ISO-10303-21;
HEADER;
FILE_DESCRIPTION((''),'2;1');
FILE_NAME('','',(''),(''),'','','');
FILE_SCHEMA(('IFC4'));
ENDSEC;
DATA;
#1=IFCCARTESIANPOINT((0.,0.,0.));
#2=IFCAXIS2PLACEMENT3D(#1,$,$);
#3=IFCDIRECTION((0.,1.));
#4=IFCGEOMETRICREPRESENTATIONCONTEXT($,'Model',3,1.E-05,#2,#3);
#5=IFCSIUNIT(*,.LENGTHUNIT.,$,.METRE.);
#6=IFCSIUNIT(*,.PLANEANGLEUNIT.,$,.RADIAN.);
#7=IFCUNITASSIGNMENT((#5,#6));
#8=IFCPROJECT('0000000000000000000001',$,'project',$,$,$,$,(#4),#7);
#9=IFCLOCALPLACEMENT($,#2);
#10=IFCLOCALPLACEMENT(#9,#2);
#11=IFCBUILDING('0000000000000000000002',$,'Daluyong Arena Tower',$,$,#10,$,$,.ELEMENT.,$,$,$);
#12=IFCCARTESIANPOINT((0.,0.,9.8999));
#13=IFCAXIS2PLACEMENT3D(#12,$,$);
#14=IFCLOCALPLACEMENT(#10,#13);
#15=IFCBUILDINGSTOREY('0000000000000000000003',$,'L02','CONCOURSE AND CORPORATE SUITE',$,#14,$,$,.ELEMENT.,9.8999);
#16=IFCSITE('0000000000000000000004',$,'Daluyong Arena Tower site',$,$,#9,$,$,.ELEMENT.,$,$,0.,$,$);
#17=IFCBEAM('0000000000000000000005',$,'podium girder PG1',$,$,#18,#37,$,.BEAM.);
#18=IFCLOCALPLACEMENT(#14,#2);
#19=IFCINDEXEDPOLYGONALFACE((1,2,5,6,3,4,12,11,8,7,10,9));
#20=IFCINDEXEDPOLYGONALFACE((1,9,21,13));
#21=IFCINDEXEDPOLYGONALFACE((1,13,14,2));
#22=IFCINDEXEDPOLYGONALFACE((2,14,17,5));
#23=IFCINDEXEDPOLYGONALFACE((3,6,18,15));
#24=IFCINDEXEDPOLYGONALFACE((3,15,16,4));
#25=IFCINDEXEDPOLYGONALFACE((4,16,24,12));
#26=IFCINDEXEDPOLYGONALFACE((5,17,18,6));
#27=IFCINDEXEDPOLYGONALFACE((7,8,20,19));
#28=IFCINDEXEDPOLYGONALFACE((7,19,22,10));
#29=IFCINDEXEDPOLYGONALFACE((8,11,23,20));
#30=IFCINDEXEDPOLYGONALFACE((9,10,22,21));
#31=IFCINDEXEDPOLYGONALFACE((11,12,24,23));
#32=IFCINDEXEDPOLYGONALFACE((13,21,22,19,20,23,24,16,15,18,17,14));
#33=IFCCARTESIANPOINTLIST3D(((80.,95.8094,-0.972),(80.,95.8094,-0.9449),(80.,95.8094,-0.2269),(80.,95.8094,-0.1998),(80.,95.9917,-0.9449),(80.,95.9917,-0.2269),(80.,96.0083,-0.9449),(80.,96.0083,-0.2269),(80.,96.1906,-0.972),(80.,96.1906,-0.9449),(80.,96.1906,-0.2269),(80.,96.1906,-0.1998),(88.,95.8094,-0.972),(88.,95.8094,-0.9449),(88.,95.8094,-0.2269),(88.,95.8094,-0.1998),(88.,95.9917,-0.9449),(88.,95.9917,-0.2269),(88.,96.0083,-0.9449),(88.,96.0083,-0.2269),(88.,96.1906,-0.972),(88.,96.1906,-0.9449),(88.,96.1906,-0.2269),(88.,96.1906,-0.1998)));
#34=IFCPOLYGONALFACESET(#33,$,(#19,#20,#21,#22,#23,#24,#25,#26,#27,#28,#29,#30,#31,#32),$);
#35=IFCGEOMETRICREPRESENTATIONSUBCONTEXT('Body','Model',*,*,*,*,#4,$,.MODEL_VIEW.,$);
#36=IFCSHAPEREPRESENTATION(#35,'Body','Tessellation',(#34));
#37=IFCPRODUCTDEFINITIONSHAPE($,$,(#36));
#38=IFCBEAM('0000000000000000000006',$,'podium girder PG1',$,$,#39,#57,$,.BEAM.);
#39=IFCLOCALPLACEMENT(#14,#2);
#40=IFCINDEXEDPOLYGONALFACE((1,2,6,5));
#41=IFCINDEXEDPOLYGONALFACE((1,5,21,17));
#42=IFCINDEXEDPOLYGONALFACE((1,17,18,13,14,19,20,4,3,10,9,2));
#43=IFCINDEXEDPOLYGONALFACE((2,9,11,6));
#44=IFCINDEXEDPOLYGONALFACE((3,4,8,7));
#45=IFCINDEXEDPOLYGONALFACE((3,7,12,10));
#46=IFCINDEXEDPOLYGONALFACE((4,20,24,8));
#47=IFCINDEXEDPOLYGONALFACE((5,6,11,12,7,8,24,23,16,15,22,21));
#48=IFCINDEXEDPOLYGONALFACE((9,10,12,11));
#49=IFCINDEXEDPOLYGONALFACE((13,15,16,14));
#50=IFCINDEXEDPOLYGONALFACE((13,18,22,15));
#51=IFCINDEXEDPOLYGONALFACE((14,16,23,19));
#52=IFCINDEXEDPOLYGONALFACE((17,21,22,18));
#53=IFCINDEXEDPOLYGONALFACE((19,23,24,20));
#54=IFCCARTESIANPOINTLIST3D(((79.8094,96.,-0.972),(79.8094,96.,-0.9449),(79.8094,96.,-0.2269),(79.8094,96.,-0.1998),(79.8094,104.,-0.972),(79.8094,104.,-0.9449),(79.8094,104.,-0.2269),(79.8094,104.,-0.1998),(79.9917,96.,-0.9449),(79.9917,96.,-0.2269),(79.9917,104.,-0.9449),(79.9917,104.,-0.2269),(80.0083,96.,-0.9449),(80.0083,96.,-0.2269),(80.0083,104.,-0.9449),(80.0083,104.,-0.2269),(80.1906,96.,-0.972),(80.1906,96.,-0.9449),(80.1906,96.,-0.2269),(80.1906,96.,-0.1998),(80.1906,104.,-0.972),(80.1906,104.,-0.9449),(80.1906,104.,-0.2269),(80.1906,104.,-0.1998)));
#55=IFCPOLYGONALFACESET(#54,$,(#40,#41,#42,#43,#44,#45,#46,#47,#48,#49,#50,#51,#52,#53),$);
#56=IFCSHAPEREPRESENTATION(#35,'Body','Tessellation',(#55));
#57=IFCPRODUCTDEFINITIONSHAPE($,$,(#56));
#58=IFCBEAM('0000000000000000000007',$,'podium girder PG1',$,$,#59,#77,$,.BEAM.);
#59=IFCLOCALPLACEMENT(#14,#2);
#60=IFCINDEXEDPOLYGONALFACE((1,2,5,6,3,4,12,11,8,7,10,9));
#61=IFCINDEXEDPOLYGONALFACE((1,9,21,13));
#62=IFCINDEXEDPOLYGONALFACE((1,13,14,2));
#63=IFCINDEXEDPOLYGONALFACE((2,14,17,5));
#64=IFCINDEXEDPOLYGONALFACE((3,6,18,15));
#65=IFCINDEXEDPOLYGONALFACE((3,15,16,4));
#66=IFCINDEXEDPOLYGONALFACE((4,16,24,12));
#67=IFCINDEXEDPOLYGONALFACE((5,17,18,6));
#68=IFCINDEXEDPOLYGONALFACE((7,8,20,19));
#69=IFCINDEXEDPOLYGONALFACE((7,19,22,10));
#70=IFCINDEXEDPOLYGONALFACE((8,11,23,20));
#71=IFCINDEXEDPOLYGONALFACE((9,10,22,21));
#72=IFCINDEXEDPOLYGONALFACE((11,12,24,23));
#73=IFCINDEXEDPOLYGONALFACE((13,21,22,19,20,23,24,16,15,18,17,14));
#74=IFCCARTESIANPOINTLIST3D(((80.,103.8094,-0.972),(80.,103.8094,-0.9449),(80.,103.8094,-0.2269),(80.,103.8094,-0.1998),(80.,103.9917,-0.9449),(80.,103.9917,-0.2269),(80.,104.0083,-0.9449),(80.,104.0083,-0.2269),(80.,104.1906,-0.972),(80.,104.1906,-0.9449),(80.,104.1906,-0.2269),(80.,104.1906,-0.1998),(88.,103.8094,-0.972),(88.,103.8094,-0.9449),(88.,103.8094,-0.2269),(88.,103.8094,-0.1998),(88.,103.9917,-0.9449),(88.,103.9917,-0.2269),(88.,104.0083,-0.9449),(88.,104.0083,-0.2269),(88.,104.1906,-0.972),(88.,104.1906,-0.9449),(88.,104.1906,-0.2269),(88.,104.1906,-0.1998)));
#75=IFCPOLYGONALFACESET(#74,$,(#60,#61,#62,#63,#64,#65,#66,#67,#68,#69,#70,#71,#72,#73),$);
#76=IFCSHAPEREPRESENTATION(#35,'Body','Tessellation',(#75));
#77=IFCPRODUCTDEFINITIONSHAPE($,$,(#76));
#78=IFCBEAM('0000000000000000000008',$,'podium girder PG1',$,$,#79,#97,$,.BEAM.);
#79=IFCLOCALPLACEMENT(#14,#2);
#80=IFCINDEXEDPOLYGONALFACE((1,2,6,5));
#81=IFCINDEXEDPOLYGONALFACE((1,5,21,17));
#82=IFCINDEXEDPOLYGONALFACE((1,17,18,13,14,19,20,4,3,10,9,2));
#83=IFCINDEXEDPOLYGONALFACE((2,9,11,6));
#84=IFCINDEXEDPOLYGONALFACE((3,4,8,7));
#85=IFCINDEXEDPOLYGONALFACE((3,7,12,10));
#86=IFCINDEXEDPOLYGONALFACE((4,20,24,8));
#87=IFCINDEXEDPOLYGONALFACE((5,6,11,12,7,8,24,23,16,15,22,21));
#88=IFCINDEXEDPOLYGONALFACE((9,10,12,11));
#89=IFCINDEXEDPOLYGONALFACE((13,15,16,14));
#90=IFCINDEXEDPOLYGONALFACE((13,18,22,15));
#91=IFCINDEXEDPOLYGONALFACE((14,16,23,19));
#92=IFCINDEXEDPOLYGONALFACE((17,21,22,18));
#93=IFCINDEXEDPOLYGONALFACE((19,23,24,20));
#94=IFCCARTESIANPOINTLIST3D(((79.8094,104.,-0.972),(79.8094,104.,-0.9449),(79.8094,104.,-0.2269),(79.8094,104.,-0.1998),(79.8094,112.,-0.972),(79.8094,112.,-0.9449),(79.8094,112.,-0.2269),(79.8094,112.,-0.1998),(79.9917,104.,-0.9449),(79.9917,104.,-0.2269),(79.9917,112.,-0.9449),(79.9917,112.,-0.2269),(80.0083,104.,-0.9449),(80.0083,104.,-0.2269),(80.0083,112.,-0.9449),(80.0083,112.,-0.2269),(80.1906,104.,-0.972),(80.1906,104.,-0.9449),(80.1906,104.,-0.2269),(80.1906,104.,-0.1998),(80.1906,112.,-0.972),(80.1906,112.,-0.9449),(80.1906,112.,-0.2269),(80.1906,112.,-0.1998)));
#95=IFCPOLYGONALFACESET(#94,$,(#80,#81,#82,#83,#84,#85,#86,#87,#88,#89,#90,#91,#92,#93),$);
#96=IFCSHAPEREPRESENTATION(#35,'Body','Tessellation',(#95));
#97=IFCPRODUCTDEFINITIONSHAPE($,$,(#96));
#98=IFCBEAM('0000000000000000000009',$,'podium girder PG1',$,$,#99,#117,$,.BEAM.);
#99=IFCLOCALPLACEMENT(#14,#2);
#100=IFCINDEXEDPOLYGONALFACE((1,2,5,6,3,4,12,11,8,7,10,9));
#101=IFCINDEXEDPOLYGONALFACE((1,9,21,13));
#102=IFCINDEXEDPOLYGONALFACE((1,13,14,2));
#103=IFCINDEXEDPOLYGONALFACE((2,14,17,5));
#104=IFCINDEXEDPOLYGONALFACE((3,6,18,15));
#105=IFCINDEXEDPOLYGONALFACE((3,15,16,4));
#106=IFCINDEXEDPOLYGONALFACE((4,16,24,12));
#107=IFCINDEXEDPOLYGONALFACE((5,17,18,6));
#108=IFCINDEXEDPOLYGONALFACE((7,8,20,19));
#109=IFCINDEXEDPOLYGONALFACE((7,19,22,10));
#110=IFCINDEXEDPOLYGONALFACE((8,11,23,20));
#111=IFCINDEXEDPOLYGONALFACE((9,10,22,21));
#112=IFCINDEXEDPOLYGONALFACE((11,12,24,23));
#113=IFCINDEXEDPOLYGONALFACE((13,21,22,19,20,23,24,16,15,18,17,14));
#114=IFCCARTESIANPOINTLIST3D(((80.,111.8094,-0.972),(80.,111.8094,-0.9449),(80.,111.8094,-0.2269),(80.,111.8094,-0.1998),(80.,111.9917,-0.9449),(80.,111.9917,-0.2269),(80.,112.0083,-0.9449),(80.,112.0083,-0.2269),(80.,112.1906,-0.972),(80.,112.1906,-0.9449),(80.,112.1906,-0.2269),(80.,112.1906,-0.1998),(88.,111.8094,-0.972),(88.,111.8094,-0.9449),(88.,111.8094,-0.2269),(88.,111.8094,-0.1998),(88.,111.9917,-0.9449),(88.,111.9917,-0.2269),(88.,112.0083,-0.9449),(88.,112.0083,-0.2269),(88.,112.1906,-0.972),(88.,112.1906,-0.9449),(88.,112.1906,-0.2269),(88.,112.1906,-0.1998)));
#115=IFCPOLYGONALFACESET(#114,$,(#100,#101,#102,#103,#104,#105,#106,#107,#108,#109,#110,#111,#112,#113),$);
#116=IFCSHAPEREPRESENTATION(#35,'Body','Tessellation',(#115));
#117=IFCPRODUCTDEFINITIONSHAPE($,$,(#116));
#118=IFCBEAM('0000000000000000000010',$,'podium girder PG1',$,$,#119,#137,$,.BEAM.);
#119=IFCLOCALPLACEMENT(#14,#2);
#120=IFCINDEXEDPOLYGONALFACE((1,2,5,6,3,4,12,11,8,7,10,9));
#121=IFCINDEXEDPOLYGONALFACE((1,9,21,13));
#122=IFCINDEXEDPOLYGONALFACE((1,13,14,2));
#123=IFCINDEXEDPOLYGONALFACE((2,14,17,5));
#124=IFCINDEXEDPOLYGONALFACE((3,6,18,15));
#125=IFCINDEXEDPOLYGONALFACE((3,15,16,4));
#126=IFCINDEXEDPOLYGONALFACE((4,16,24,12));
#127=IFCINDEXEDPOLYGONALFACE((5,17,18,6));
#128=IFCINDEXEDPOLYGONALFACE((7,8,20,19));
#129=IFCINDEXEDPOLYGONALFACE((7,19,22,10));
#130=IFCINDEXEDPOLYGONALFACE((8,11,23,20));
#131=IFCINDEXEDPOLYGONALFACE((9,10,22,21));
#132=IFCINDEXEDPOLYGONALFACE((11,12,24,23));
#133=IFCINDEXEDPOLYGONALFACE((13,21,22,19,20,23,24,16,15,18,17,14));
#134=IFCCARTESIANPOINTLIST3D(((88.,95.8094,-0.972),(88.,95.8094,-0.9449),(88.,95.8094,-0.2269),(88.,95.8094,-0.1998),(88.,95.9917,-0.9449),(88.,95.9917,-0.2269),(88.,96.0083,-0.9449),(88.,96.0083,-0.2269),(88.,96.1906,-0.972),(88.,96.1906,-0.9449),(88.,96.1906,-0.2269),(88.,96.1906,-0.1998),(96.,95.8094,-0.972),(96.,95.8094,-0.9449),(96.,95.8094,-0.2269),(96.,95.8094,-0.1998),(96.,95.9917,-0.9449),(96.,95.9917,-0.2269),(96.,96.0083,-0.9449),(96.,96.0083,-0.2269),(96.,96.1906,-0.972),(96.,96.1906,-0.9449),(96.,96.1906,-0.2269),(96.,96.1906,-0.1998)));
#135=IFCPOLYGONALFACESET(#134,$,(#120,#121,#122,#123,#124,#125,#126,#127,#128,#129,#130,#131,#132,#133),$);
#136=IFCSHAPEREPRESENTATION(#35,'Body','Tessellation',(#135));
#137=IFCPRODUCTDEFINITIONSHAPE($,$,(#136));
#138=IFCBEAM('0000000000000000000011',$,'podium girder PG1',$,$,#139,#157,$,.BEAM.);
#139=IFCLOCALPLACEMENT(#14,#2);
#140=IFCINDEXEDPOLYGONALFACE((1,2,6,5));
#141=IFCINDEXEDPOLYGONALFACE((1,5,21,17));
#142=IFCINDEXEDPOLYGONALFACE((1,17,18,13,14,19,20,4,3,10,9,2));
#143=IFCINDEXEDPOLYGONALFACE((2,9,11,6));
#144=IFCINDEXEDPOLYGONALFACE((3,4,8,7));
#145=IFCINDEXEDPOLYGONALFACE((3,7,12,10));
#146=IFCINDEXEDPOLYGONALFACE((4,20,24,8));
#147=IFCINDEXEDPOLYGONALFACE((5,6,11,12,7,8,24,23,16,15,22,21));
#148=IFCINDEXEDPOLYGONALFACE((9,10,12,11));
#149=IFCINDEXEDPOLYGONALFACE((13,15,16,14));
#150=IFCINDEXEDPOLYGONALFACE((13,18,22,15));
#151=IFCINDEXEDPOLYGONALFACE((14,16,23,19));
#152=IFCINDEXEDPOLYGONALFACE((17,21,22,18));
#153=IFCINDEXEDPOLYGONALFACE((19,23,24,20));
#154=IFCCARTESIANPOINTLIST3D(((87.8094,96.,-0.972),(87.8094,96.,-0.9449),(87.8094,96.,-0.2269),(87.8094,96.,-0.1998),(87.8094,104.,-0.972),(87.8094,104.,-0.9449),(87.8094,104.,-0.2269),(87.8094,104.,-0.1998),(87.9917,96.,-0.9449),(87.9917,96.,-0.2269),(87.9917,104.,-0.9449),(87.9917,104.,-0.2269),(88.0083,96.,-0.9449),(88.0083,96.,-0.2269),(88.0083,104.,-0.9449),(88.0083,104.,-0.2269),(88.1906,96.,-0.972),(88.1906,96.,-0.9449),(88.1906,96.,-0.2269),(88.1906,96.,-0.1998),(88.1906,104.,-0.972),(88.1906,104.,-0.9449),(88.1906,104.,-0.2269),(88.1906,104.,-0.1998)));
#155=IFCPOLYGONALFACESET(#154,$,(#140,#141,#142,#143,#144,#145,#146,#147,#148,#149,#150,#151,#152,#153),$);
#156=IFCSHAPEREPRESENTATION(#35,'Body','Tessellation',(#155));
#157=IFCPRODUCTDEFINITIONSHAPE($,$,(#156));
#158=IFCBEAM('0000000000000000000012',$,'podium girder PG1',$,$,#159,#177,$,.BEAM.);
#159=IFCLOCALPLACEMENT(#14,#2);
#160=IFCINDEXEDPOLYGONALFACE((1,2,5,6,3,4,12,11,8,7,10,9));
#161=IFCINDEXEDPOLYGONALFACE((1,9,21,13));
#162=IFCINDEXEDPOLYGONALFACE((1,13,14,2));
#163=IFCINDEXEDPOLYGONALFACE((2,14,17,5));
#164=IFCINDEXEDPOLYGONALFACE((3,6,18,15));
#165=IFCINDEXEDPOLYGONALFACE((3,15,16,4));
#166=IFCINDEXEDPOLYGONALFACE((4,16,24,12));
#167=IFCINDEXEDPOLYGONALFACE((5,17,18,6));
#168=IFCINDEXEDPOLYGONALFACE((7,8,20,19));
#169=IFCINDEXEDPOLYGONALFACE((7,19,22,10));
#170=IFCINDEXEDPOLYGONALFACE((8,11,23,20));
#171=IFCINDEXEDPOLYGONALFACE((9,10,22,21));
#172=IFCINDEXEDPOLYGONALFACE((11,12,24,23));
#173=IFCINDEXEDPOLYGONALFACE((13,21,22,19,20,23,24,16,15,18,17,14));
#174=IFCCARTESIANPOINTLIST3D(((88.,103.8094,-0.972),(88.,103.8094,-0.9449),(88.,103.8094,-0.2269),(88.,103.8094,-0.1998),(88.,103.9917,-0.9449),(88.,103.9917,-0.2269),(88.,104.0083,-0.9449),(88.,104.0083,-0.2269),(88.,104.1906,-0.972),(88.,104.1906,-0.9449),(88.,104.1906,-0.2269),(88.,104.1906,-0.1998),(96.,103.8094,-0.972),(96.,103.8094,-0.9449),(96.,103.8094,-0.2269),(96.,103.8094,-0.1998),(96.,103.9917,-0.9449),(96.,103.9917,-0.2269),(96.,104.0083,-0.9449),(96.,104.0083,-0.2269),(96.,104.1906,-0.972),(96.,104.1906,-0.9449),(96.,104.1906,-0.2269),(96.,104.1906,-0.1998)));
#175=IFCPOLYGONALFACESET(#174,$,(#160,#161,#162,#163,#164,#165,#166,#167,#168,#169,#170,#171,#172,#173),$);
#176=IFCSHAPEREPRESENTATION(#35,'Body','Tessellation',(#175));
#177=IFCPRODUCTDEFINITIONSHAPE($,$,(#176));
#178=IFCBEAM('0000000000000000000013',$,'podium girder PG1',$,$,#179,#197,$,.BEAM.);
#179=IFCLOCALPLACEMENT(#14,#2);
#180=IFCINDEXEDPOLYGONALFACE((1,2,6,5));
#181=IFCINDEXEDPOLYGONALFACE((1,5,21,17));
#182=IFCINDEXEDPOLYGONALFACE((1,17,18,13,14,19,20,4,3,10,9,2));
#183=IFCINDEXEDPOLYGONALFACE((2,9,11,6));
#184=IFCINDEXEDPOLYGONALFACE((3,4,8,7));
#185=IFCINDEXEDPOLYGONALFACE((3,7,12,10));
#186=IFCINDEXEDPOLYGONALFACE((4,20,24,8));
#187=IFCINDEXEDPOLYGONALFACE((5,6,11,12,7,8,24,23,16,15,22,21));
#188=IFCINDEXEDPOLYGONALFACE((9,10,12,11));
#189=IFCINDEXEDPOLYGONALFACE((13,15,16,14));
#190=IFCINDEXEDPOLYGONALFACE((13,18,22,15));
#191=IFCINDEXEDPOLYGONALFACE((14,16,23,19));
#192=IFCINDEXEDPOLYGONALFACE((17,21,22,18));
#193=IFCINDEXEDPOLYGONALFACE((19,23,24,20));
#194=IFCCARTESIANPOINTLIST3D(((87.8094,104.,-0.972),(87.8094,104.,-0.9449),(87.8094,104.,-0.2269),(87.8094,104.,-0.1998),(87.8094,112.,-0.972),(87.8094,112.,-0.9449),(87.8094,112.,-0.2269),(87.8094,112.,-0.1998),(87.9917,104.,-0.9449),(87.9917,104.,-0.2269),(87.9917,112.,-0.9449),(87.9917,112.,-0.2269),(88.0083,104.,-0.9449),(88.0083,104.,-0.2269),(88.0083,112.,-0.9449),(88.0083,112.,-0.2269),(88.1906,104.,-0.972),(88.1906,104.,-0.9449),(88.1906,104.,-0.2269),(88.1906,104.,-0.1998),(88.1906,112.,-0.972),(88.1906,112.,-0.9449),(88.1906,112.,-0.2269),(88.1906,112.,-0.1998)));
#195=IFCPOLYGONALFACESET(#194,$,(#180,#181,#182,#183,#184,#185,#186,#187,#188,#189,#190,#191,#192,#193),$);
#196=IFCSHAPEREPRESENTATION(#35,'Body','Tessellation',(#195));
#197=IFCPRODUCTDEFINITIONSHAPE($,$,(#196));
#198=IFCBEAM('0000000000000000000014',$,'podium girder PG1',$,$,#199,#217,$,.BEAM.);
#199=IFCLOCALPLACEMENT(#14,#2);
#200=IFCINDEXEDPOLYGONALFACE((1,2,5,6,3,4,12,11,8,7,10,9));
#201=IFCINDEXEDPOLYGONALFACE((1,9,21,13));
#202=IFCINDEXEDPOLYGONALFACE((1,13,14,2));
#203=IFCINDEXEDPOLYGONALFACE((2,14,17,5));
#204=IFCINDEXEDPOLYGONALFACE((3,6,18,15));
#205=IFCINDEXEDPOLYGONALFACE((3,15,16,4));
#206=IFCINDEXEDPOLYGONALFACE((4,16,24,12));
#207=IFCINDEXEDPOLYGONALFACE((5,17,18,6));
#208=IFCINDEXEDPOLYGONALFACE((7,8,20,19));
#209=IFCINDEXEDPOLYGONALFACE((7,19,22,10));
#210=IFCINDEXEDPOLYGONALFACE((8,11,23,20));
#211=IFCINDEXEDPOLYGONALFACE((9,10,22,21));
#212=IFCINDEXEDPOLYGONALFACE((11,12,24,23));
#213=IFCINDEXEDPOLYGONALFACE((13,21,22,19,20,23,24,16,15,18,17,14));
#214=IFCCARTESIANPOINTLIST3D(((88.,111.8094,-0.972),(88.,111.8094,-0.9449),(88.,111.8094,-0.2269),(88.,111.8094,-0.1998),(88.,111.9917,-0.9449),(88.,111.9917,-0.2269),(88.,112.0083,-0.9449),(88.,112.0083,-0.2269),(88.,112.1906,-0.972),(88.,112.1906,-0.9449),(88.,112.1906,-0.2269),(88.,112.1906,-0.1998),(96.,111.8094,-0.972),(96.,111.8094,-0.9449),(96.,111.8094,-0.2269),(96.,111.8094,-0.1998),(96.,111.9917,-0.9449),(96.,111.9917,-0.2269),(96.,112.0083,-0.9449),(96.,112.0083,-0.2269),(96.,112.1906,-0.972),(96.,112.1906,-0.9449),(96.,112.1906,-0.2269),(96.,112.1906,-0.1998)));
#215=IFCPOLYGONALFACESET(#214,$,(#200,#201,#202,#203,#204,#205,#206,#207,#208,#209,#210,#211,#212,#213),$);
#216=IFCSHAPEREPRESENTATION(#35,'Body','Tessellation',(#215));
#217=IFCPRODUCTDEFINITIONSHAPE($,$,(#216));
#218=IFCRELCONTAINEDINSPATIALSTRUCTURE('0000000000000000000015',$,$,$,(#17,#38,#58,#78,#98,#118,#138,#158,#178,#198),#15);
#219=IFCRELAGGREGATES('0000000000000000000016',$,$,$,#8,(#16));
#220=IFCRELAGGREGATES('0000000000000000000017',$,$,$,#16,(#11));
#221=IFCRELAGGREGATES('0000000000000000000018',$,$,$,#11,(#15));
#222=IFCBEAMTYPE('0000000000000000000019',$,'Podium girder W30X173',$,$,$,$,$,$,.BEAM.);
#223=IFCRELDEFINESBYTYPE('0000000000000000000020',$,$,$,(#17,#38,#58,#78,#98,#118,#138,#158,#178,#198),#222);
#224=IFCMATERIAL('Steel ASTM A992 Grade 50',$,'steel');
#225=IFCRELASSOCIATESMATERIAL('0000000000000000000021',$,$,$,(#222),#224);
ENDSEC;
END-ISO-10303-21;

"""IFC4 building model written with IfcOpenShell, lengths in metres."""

from ifc_helpers import new_model, si_unit, direction, frame, origin, origin_2d, place, context, subcontext, project, spatial, i_section, extrude, material, material_profile, profile_set, type_object, element, save


model = new_model("IFC4")

# Units and contexts
model_context = context("Model", 3, precision=1e-05, world=origin(), true_north=direction((0.0, 1.0)))
body_context = subcontext(model_context, "Body", "Model", "MODEL_VIEW")
ifc_project = project(units=[si_unit("LENGTHUNIT", "METRE"), si_unit("PLANEANGLEUNIT", "RADIAN")], contexts=[model_context])

# Site, building, storey
site_placement = place(None, origin())
site = spatial("IfcSite", under=ifc_project, at=site_placement, Name="Daluyong Arena Tower site", CompositionType="ELEMENT", RefElevation=0.0)
building_placement = place(site_placement, origin())
building = spatial("IfcBuilding", under=site, at=building_placement, Name="Daluyong Arena Tower", CompositionType="ELEMENT")
storey_placement = place(building_placement, frame((0.0, 0.0, 9.8999)))
storey = spatial("IfcBuildingStorey", under=building, at=storey_placement, Name="L02", Description="CONCOURSE AND CORPORATE SUITE", CompositionType="ELEMENT", Elevation=9.8999)

# Beams
ifc_material_1 = material(Name="Steel ASTM A992 Grade 50", Category="steel")
ifc_material_profile_1 = material_profile(ifc_material_1, i_section(OverallWidth=0.3811, OverallDepth=0.7722, WebThickness=0.0166, FlangeThickness=0.0271, at=origin_2d()))
ifc_profile_set_1 = profile_set([ifc_material_profile_1], Name="Steel ASTM A992 Grade 50")
beam_type_1 = type_object("IfcBeamType", Name="Podium girder W30X173", PredefinedType="BEAM", material=ifc_profile_set_1)
for number, where, z_axis, x_axis, name in (
    (1, (80.0, 96.0, -0.5859), (1.0, 0.0, 0.0), (0.0, 1.0, 0.0), "podium girder PG1"),
    (2, (80.0, 96.0, -0.5859), (0.0, 1.0, 0.0), (-1.0, 0.0, 0.0), "podium girder PG1"),
    (3, (80.0, 104.0, -0.5859), (1.0, 0.0, 0.0), (0.0, 1.0, 0.0), "podium girder PG1"),
    (4, (80.0, 104.0, -0.5859), (0.0, 1.0, 0.0), (-1.0, 0.0, 0.0), "podium girder PG1"),
    (5, (80.0, 112.0, -0.5859), (1.0, 0.0, 0.0), (0.0, 1.0, 0.0), "podium girder PG1"),
    (6, (88.0, 96.0, -0.5859), (1.0, 0.0, 0.0), (0.0, 1.0, 0.0), "podium girder PG1"),
    (7, (88.0, 96.0, -0.5859), (0.0, 1.0, 0.0), (-1.0, 0.0, 0.0), "podium girder PG1"),
    (8, (88.0, 104.0, -0.5859), (1.0, 0.0, 0.0), (0.0, 1.0, 0.0), "podium girder PG1"),
    (9, (88.0, 104.0, -0.5859), (0.0, 1.0, 0.0), (-1.0, 0.0, 0.0), "podium girder PG1"),
    (10, (88.0, 112.0, -0.5859), (1.0, 0.0, 0.0), (0.0, 1.0, 0.0), "podium girder PG1"),
):
    element("IfcBeam", number, at=place(storey_placement, frame(where, z_axis=z_axis, x_axis=x_axis)), inside=storey, type_object=beam_type_1, Name=name, PredefinedType="BEAM", context=body_context, shape_type="SweptSolid", body=[
        extrude(i_section(OverallWidth=0.3811, OverallDepth=0.7722, WebThickness=0.0166, FlangeThickness=0.0271, at=origin_2d()), origin(), (0.0, 0.0, 1.0), 8.0),
    ])

save(model, "model.ifc")
